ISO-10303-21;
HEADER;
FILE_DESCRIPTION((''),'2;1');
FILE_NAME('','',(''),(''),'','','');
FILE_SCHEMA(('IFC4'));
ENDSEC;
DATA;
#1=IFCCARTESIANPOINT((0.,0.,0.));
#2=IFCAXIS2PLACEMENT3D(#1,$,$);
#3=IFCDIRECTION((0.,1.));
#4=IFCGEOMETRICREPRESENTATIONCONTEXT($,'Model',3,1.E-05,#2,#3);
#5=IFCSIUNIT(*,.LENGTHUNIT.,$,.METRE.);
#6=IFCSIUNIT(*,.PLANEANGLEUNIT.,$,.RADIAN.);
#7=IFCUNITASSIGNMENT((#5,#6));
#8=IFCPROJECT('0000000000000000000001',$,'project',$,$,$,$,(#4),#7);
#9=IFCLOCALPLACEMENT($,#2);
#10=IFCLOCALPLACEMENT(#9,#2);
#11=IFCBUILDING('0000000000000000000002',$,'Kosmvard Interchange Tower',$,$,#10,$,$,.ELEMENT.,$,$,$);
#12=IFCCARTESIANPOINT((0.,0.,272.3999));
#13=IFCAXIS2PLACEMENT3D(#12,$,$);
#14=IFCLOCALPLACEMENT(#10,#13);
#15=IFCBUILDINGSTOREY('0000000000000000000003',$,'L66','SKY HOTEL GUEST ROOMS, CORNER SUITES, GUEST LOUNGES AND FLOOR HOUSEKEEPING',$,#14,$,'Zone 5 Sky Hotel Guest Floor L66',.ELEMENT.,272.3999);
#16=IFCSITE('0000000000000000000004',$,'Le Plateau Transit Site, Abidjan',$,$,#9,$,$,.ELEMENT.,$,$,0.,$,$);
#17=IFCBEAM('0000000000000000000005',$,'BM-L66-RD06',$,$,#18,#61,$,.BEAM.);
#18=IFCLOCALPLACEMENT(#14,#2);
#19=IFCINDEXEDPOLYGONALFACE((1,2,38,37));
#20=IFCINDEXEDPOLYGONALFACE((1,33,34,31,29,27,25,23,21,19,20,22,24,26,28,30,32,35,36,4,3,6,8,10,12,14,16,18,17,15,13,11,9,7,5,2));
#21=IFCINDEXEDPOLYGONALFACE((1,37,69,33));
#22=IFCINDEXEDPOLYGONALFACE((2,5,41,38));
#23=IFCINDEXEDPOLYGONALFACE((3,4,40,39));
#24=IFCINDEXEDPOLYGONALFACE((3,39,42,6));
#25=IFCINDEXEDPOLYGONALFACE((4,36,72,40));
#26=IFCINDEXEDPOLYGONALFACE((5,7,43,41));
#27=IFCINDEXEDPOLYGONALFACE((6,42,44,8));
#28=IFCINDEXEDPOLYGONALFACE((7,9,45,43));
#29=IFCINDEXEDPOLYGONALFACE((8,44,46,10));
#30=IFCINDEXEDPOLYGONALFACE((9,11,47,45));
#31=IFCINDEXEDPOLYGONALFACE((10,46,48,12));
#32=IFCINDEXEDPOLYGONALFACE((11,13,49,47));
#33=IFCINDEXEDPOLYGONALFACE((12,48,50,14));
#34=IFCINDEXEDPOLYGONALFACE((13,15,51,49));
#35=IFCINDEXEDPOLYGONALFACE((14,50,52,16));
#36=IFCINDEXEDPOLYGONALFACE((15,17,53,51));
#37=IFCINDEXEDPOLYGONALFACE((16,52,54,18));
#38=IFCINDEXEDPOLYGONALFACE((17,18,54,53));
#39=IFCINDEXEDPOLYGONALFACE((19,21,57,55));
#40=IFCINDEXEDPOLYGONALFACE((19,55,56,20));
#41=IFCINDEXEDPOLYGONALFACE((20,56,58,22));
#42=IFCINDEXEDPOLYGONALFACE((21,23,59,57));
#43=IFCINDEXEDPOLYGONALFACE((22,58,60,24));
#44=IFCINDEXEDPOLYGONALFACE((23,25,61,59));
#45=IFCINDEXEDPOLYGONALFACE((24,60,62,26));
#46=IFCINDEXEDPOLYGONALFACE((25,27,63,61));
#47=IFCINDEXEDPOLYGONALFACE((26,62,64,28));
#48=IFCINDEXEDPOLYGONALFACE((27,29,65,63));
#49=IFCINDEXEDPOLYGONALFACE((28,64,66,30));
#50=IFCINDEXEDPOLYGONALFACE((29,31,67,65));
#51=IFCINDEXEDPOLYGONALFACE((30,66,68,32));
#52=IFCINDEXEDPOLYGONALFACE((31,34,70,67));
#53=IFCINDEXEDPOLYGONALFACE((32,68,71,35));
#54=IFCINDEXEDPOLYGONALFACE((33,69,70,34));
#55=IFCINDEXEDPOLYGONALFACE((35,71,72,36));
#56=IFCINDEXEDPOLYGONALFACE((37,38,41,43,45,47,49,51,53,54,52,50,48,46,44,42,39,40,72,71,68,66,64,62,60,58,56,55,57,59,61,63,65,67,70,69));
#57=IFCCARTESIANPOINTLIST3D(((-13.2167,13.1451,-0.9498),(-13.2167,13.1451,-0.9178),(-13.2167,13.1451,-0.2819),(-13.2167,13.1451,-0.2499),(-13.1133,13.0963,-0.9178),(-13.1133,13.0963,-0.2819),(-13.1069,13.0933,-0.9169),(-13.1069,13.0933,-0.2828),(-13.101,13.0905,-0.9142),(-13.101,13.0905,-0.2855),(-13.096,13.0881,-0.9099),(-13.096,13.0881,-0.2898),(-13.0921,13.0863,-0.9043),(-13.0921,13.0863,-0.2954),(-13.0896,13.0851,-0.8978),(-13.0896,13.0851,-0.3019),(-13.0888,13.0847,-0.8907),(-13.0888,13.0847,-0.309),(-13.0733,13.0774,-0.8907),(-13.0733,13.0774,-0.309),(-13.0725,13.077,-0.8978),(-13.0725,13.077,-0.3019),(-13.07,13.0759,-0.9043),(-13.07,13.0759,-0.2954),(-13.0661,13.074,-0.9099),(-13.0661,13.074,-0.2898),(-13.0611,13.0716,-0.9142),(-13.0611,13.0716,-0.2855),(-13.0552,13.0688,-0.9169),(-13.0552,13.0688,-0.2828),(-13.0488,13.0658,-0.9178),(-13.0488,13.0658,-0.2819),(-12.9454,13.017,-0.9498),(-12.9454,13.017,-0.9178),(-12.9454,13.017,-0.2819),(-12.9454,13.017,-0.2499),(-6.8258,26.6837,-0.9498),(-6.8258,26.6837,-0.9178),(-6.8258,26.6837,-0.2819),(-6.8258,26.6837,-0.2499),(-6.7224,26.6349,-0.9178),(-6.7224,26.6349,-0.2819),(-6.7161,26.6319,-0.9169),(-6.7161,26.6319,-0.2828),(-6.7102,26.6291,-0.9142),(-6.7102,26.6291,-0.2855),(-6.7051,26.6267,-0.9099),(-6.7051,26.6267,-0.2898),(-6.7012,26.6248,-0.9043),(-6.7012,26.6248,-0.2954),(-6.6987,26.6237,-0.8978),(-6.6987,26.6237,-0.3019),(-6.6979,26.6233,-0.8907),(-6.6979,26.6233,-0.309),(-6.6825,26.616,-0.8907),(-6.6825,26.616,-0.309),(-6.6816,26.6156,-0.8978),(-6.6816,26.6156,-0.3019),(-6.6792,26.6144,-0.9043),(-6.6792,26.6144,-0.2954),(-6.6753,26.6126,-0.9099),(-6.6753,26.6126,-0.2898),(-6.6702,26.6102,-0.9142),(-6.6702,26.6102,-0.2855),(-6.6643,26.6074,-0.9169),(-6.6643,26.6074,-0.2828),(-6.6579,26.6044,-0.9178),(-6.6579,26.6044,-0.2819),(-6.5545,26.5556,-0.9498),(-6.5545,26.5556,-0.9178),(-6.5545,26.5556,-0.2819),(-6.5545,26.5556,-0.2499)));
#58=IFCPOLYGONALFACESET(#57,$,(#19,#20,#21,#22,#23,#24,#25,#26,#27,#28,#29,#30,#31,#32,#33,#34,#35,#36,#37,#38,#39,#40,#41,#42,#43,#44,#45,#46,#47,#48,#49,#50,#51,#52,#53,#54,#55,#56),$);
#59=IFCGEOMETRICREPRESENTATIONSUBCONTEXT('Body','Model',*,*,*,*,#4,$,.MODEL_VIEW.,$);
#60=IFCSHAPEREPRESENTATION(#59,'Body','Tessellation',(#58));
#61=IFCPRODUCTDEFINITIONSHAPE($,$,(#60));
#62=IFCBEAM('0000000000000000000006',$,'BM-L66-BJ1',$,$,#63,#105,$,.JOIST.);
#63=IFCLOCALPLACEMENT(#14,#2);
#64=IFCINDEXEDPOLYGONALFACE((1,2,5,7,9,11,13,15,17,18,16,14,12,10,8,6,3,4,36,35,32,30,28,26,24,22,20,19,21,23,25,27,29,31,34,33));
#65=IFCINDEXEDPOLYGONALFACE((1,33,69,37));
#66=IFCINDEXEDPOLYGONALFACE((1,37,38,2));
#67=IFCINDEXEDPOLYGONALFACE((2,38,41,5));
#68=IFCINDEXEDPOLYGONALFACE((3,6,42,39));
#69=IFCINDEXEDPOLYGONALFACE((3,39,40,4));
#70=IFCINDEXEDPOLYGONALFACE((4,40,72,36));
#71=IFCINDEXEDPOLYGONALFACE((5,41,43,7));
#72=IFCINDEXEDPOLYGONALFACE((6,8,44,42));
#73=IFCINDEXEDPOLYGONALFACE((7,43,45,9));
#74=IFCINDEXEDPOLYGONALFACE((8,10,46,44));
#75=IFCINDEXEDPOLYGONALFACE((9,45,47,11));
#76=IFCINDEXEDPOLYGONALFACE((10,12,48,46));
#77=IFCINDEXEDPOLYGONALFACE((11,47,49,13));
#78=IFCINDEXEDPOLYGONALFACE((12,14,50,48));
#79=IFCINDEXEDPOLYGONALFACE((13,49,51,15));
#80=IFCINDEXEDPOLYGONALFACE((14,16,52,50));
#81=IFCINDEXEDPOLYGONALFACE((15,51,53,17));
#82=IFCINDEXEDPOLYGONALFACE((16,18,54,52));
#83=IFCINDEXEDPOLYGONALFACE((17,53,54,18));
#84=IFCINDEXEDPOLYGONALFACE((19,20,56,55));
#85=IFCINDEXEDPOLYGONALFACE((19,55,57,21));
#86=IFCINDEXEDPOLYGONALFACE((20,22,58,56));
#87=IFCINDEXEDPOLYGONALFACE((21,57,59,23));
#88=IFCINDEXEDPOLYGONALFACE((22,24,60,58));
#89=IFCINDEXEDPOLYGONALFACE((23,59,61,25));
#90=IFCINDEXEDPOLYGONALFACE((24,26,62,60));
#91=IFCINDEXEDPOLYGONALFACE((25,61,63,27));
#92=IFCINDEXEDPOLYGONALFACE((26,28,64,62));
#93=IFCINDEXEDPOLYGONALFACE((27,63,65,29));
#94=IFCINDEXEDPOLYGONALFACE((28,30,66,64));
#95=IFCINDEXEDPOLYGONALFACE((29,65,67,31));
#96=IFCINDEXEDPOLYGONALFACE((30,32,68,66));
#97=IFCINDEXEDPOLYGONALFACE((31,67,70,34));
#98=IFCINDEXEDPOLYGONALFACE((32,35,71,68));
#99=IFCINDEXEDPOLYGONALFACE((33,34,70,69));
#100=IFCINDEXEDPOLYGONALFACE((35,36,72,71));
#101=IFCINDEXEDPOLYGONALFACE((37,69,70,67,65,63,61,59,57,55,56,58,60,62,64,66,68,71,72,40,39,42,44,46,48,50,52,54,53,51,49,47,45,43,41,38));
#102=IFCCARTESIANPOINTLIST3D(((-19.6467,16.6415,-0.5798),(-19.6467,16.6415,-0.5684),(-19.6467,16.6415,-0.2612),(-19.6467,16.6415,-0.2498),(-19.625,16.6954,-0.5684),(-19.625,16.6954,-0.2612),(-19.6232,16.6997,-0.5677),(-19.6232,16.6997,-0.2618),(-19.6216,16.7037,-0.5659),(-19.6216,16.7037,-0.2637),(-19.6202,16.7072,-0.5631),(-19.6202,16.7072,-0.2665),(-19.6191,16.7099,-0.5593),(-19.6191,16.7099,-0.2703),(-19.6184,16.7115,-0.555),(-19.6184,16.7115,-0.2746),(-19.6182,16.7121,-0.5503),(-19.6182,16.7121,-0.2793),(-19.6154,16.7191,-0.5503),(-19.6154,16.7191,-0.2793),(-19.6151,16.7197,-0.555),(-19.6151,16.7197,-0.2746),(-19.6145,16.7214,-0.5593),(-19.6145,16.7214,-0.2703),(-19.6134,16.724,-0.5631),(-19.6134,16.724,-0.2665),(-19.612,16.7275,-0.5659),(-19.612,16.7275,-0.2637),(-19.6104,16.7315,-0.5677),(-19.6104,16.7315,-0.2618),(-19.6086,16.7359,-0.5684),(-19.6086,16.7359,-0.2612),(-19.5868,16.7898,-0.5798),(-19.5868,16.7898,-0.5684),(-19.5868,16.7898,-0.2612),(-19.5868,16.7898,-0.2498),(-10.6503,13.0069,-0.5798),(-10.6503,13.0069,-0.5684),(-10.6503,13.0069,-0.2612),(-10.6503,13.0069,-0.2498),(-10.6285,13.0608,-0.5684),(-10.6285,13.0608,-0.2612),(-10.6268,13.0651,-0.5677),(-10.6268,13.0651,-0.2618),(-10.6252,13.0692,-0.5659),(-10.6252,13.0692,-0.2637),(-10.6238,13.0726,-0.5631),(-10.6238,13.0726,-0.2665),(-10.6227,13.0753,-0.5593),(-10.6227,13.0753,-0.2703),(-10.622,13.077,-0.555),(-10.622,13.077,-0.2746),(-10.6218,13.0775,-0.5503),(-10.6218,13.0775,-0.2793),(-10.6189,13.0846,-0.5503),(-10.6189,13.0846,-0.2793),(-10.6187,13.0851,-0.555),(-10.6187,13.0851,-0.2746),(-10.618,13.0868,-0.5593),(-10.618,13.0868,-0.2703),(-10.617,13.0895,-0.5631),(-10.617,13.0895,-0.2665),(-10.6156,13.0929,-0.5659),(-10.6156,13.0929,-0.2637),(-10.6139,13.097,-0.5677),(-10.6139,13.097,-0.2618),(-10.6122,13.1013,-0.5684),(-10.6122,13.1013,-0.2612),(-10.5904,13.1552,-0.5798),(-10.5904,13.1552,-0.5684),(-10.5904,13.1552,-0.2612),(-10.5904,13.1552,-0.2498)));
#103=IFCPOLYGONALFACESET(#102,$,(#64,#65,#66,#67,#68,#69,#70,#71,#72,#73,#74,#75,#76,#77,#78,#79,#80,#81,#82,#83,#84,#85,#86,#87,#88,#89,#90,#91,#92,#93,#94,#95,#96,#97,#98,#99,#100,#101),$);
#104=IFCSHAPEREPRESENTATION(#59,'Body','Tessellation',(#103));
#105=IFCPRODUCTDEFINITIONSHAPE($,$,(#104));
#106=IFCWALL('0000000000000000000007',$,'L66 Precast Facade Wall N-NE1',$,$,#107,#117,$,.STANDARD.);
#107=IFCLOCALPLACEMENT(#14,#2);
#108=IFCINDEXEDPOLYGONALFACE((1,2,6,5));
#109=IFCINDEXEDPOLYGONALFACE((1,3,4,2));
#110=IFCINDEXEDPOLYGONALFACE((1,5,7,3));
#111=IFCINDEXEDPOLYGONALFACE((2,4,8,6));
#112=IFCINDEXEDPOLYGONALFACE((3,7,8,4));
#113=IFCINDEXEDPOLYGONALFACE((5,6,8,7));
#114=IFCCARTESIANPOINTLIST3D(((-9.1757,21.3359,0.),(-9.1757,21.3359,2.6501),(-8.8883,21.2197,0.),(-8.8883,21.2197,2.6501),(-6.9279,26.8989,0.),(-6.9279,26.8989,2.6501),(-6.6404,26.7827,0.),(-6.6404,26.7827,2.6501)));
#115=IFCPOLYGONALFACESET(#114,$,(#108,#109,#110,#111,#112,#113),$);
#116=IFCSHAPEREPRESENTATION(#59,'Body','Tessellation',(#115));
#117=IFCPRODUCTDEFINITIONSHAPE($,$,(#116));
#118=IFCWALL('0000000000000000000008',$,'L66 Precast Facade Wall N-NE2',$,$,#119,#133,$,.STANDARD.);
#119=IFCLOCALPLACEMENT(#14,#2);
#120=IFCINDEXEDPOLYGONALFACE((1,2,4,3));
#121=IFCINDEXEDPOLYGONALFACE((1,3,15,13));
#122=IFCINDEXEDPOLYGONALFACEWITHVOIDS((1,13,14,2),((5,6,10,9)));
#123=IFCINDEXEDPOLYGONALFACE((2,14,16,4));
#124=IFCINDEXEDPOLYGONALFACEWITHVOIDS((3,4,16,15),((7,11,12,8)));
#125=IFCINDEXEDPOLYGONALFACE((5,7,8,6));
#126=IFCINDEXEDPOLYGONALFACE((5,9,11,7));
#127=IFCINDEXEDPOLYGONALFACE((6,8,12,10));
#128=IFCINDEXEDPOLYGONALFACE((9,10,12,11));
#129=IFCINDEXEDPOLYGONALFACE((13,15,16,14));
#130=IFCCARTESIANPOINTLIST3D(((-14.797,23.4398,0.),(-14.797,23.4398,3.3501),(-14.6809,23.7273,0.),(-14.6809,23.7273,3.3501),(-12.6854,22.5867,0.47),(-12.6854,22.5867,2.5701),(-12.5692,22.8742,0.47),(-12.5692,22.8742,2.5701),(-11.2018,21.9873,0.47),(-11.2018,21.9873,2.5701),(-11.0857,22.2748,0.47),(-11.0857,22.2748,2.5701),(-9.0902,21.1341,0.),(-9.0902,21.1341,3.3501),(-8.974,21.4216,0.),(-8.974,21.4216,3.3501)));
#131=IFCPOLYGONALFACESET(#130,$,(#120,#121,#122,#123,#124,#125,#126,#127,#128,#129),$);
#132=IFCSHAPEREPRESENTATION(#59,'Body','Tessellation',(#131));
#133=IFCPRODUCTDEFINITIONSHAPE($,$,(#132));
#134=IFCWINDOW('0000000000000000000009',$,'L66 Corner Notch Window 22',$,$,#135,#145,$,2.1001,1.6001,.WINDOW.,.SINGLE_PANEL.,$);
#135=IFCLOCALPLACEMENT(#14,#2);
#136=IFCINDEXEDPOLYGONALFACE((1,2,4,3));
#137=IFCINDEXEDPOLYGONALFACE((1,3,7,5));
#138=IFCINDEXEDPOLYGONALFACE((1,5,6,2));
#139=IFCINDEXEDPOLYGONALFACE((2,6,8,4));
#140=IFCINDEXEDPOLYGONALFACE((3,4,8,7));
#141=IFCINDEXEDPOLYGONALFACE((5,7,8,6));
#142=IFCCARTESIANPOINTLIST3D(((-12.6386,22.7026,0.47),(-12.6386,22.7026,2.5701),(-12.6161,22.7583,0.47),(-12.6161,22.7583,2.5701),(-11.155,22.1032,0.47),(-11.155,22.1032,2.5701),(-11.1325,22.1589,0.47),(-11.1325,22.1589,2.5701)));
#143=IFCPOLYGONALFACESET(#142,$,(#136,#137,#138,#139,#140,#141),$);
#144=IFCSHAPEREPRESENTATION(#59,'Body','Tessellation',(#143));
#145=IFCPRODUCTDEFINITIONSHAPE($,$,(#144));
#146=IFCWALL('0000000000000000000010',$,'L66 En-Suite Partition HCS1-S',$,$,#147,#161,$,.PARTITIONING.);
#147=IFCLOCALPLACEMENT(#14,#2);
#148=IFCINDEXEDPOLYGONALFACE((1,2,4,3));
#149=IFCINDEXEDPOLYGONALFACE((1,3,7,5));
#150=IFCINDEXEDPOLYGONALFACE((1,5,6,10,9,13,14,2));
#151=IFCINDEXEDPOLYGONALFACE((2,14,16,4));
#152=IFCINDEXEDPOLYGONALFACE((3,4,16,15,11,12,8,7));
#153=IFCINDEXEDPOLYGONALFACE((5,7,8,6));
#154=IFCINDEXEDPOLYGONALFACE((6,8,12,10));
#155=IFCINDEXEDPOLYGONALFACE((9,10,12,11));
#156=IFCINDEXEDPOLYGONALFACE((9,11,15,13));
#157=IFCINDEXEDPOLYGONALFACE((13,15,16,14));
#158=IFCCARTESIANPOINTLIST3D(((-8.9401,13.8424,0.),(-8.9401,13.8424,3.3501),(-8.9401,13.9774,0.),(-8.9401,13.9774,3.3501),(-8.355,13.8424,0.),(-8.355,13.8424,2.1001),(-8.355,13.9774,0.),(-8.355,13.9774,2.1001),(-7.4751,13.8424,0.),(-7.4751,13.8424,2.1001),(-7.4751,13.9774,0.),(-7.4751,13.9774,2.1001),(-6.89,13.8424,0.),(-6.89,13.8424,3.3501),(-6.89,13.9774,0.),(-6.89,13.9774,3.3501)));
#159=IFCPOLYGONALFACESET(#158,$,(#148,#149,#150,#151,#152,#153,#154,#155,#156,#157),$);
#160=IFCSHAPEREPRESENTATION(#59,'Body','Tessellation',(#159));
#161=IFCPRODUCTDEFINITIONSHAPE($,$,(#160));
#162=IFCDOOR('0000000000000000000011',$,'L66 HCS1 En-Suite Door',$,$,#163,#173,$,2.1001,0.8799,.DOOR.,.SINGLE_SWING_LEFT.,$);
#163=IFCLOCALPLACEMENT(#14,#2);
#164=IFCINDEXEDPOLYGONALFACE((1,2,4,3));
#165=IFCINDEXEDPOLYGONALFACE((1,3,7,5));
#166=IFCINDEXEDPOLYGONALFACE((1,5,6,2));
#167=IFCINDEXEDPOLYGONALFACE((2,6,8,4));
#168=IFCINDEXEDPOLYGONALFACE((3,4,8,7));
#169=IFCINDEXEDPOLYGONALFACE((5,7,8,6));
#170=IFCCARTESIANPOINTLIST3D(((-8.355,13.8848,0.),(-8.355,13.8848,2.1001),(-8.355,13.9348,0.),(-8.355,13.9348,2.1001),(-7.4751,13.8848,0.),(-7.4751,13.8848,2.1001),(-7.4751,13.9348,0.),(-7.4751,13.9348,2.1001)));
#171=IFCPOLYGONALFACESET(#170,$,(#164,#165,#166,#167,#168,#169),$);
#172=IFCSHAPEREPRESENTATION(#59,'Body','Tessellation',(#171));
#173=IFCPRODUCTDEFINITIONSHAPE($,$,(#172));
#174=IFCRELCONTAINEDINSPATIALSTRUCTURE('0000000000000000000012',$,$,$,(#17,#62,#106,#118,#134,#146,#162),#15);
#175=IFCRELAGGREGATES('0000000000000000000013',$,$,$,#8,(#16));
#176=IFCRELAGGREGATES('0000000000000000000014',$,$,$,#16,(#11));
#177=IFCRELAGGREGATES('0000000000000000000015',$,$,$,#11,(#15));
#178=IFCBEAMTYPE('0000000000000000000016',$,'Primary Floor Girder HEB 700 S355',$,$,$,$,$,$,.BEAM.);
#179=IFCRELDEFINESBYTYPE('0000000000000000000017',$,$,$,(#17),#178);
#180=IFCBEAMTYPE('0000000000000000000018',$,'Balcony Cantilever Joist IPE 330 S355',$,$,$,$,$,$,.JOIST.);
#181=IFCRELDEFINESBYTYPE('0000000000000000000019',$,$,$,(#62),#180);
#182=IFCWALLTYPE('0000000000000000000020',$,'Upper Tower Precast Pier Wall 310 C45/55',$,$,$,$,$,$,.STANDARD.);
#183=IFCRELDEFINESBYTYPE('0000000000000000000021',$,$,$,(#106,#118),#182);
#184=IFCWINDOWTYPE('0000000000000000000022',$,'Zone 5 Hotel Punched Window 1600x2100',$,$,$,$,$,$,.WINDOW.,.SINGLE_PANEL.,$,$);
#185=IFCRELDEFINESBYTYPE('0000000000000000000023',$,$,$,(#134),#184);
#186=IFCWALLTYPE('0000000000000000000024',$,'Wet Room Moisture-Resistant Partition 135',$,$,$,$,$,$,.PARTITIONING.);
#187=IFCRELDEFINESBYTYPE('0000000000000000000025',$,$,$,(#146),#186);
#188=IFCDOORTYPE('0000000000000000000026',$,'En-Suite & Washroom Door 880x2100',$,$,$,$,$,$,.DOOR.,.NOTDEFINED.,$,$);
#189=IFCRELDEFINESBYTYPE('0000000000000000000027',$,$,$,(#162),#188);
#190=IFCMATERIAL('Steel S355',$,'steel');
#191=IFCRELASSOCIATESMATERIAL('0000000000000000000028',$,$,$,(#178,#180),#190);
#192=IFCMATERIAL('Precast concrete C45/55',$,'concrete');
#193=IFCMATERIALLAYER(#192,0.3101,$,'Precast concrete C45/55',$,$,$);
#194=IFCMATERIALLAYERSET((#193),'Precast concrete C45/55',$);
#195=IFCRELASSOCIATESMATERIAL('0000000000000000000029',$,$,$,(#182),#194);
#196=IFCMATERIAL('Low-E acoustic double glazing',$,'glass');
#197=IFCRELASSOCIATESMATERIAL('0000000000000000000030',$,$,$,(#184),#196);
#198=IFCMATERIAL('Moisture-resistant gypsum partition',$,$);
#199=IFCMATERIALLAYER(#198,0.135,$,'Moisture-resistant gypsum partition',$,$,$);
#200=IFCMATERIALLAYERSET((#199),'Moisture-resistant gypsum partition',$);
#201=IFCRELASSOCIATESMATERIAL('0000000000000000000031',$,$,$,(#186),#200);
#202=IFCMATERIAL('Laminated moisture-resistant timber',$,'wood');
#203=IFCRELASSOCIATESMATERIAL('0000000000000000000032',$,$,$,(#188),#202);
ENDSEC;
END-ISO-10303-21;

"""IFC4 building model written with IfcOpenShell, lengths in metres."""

from ifc_helpers import new_model, si_unit, direction, frame, frame_2d, origin, origin_2d, place, context, subcontext, project, spatial, rectangle, i_section, extrude, source, transform, mapped, material, layer, layer_set, material_profile, profile_set, type_object, element, fill, save


model = new_model("IFC4")

# Units and contexts
model_context = context("Model", 3, precision=1e-05, world=origin(), true_north=direction((0.0, 1.0)))
body_context = subcontext(model_context, "Body", "Model", "MODEL_VIEW")
ifc_project = project(units=[si_unit("LENGTHUNIT", "METRE"), si_unit("PLANEANGLEUNIT", "RADIAN")], contexts=[model_context])

# Site, building, storey
site_placement = place(None, origin())
site = spatial("IfcSite", under=ifc_project, at=site_placement, Name="Le Plateau Transit Site, Abidjan", CompositionType="ELEMENT", RefElevation=0.0)
building_placement = place(site_placement, origin())
building = spatial("IfcBuilding", under=site, at=building_placement, Name="Kosmvard Interchange Tower", CompositionType="ELEMENT")
storey_placement = place(building_placement, frame((0.0, 0.0, 272.3999)))
storey = spatial("IfcBuildingStorey", under=building, at=storey_placement, Name="L66", Description="SKY HOTEL GUEST ROOMS, CORNER SUITES, GUEST LOUNGES AND FLOOR HOUSEKEEPING", LongName="Zone 5 Sky Hotel Guest Floor L66", CompositionType="ELEMENT", Elevation=272.3999)

# Beams
ifc_material_1 = material(Name="Steel S355", Category="steel")
ifc_material_2 = material(Name="Precast concrete C45/55", Category="concrete")
ifc_material_profile_1 = material_profile(ifc_material_1, i_section(OverallWidth=0.3, OverallDepth=0.7, WebThickness=0.0171, FlangeThickness=0.032, FilletRadius=0.0271, at=origin_2d()), Name="HEB 700")
ifc_profile_set_1 = profile_set([ifc_material_profile_1], Name="Steel S355")
beam_type_1 = type_object("IfcBeamType", Name="Primary Floor Girder HEB 700 S355", PredefinedType="BEAM", material=ifc_profile_set_1)
shared_shape_1 = source(origin(), body_context, "Body", "SweptSolid", [
    extrude(i_section(OverallWidth=0.3, OverallDepth=0.7, WebThickness=0.0171, FlangeThickness=0.032, FilletRadius=0.0271, at=origin_2d()), origin(), (0.0, 0.0, 1.0), 14.9712),
])
beam_1_placement = place(storey_placement, frame((-13.0811, 13.0811, -0.5999), z_axis=(0.426878, 0.904309, 0.0), x_axis=(-0.904309, 0.426878, 0.0)))
element("IfcBeam", 1, at=beam_1_placement, inside=storey, type_object=beam_type_1, Name="BM-L66-RD06", PredefinedType="BEAM", context=body_context, shape_type="MappedRepresentation", body=[
    mapped(shared_shape_1, transform((0.0, 0.0, 0.0), scale=1.0)),
])
ifc_material_profile_2 = material_profile(ifc_material_1, i_section(OverallWidth=0.1599, OverallDepth=0.3301, WebThickness=0.0076, FlangeThickness=0.0115, FilletRadius=0.0181, at=origin_2d()), Name="IPE 330")
ifc_profile_set_2 = profile_set([ifc_material_profile_2], Name="Steel S355")
beam_type_2 = type_object("IfcBeamType", Name="Balcony Cantilever Joist IPE 330 S355", PredefinedType="JOIST", material=ifc_profile_set_2)
shared_shape_2 = source(origin(), body_context, "Body", "SweptSolid", [
    extrude(i_section(OverallWidth=0.1599, OverallDepth=0.3301, WebThickness=0.0076, FlangeThickness=0.0115, FilletRadius=0.0181, at=origin_2d()), origin(), (0.0, 0.0, 1.0), 9.7029),
])
beam_2_placement = place(storey_placement, frame((-10.6204, 13.0811, -0.4148), z_axis=(-0.927192, 0.374586, 0.0), x_axis=(-0.374586, -0.927192, 0.0)))
element("IfcBeam", 2, at=beam_2_placement, inside=storey, type_object=beam_type_2, Name="BM-L66-BJ1", PredefinedType="JOIST", context=body_context, shape_type="MappedRepresentation", body=[
    mapped(shared_shape_2, transform((0.0, 0.0, 0.0), scale=1.0)),
])

# Wall
ifc_layer_1 = layer(ifc_material_2, 0.3101, Name="Precast concrete C45/55")
ifc_layer_set_1 = layer_set([ifc_layer_1], Name="Precast concrete C45/55")
wall_type_1 = type_object("IfcWallType", Name="Upper Tower Precast Pier Wall 310 C45/55", PredefinedType="STANDARD", material=ifc_layer_set_1)
wall_1_placement = place(storey_placement, frame((-6.7842, 26.8408, 0.0), z_axis=(0.0, 0.0, 1.0), x_axis=(-0.374637, -0.927172, 0.0)))
element("IfcWall", 3, at=wall_1_placement, inside=storey, type_object=wall_type_1, Name="L66 Precast Facade Wall N-NE1", PredefinedType="STANDARD", context=body_context, shape_type="SweptSolid", body=[
    extrude(rectangle(XDim=6.0, YDim=0.3101, at=frame_2d((3.0, 0.0))), origin(), (0.0, 0.0, 1.0), 2.6501),
])

# Wall, opening, window
wall_2_placement = place(storey_placement, frame((-9.032, 21.2778, 0.0), z_axis=(0.0, 0.0, 1.0), x_axis=(-0.927185, 0.374603, 0.0)))
wall_2 = element("IfcWall", 4, at=wall_2_placement, inside=storey, type_object=wall_type_1, Name="L66 Precast Facade Wall N-NE2", PredefinedType="STANDARD", context=body_context, shape_type="SweptSolid", body=[
    extrude(rectangle(XDim=6.155, YDim=0.3101, at=frame_2d((3.0776, 0.0))), origin(), (0.0, 0.0, 1.0), 3.3501),
])
opening_1_placement = place(wall_2_placement, frame((2.2776, 0.0, 0.47)))
opening_1 = element("IfcOpeningElement", 5, at=opening_1_placement, cuts=wall_2, PredefinedType="OPENING", context=body_context, shape_type="SweptSolid", body=[
    extrude(rectangle(XDim=1.6001, YDim=2.1001, at=frame_2d((0.8, 1.05))), frame((0.0, 0.165, 0.0), z_axis=(0.0, -1.0, 0.0), x_axis=(1.0, 0.0, 0.0)), (0.0, 0.0, 1.0), 0.3301),
])
ifc_material_3 = material(Name="Low-E acoustic double glazing", Category="glass")
window_type = type_object("IfcWindowType", Name="Zone 5 Hotel Punched Window 1600x2100", PartitioningType="SINGLE_PANEL", PredefinedType="WINDOW", material=ifc_material_3)
shared_shape_3 = source(origin(), body_context, "Body", "SweptSolid", [
    extrude(rectangle(XDim=1.6001, YDim=2.1001, at=frame_2d((0.8, 1.05))), frame((0.0, 0.03, 0.0), z_axis=(0.0, -1.0, 0.0), x_axis=(1.0, 0.0, 0.0)), (0.0, 0.0, 1.0), 0.0601),
])
window_placement = place(opening_1_placement, origin())
window = element("IfcWindow", 6, at=window_placement, inside=storey, type_object=window_type, Name="L66 Corner Notch Window 22", OverallHeight=2.1001, OverallWidth=1.6001, PartitioningType="SINGLE_PANEL", PredefinedType="WINDOW", context=body_context, shape_type="MappedRepresentation", body=[
    mapped(shared_shape_3, transform((0.0, 0.0, 0.0), scale=1.0)),
])
fill(opening_1, window)

# Wall, opening, door
ifc_material_4 = material(Name="Moisture-resistant gypsum partition")
ifc_layer_2 = layer(ifc_material_4, 0.135, Name="Moisture-resistant gypsum partition")
ifc_layer_set_2 = layer_set([ifc_layer_2], Name="Moisture-resistant gypsum partition")
wall_type_2 = type_object("IfcWallType", Name="Wet Room Moisture-Resistant Partition 135", PredefinedType="PARTITIONING", material=ifc_layer_set_2)
wall_3_placement = place(storey_placement, frame((-8.9399, 13.9099, 0.0), z_axis=(0.0, 0.0, 1.0), x_axis=(1.0, 0.0, 0.0)))
wall_3 = element("IfcWall", 7, at=wall_3_placement, inside=storey, type_object=wall_type_2, Name="L66 En-Suite Partition HCS1-S", PredefinedType="PARTITIONING", context=body_context, shape_type="SweptSolid", body=[
    extrude(rectangle(XDim=2.05, YDim=0.135, at=frame_2d((1.0249, 0.0))), origin(), (0.0, 0.0, 1.0), 3.3501),
])
opening_2_placement = place(wall_3_placement, frame((0.585, 0.0, 0.0)))
opening_2 = element("IfcOpeningElement", 8, at=opening_2_placement, cuts=wall_3, PredefinedType="OPENING", context=body_context, shape_type="SweptSolid", body=[
    extrude(rectangle(XDim=0.8799, YDim=2.1001, at=frame_2d((0.4399, 1.05))), frame((0.0, 0.0776, 0.0), z_axis=(0.0, -1.0, 0.0), x_axis=(1.0, 0.0, 0.0)), (0.0, 0.0, 1.0), 0.155),
])
ifc_material_5 = material(Name="Laminated moisture-resistant timber", Category="wood")
door_type = type_object("IfcDoorType", Name="En-Suite & Washroom Door 880x2100", OperationType="NOTDEFINED", PredefinedType="DOOR", material=ifc_material_5)
shared_shape_4 = source(origin(), body_context, "Body", "SweptSolid", [
    extrude(rectangle(XDim=0.8799, YDim=2.1001, at=frame_2d((0.4399, 1.05))), frame((0.0, 0.0249, 0.0), z_axis=(0.0, -1.0, 0.0), x_axis=(1.0, 0.0, 0.0)), (0.0, 0.0, 1.0), 0.05),
])
door_placement = place(opening_2_placement, origin())
door = element("IfcDoor", 9, at=door_placement, inside=storey, type_object=door_type, Name="L66 HCS1 En-Suite Door", OperationType="SINGLE_SWING_LEFT", OverallHeight=2.1001, OverallWidth=0.8799, PredefinedType="DOOR", context=body_context, shape_type="MappedRepresentation", body=[
    mapped(shared_shape_4, transform((0.0, 0.0, 0.0), scale=1.0)),
])
fill(opening_2, door)

save(model, "model.ifc")
